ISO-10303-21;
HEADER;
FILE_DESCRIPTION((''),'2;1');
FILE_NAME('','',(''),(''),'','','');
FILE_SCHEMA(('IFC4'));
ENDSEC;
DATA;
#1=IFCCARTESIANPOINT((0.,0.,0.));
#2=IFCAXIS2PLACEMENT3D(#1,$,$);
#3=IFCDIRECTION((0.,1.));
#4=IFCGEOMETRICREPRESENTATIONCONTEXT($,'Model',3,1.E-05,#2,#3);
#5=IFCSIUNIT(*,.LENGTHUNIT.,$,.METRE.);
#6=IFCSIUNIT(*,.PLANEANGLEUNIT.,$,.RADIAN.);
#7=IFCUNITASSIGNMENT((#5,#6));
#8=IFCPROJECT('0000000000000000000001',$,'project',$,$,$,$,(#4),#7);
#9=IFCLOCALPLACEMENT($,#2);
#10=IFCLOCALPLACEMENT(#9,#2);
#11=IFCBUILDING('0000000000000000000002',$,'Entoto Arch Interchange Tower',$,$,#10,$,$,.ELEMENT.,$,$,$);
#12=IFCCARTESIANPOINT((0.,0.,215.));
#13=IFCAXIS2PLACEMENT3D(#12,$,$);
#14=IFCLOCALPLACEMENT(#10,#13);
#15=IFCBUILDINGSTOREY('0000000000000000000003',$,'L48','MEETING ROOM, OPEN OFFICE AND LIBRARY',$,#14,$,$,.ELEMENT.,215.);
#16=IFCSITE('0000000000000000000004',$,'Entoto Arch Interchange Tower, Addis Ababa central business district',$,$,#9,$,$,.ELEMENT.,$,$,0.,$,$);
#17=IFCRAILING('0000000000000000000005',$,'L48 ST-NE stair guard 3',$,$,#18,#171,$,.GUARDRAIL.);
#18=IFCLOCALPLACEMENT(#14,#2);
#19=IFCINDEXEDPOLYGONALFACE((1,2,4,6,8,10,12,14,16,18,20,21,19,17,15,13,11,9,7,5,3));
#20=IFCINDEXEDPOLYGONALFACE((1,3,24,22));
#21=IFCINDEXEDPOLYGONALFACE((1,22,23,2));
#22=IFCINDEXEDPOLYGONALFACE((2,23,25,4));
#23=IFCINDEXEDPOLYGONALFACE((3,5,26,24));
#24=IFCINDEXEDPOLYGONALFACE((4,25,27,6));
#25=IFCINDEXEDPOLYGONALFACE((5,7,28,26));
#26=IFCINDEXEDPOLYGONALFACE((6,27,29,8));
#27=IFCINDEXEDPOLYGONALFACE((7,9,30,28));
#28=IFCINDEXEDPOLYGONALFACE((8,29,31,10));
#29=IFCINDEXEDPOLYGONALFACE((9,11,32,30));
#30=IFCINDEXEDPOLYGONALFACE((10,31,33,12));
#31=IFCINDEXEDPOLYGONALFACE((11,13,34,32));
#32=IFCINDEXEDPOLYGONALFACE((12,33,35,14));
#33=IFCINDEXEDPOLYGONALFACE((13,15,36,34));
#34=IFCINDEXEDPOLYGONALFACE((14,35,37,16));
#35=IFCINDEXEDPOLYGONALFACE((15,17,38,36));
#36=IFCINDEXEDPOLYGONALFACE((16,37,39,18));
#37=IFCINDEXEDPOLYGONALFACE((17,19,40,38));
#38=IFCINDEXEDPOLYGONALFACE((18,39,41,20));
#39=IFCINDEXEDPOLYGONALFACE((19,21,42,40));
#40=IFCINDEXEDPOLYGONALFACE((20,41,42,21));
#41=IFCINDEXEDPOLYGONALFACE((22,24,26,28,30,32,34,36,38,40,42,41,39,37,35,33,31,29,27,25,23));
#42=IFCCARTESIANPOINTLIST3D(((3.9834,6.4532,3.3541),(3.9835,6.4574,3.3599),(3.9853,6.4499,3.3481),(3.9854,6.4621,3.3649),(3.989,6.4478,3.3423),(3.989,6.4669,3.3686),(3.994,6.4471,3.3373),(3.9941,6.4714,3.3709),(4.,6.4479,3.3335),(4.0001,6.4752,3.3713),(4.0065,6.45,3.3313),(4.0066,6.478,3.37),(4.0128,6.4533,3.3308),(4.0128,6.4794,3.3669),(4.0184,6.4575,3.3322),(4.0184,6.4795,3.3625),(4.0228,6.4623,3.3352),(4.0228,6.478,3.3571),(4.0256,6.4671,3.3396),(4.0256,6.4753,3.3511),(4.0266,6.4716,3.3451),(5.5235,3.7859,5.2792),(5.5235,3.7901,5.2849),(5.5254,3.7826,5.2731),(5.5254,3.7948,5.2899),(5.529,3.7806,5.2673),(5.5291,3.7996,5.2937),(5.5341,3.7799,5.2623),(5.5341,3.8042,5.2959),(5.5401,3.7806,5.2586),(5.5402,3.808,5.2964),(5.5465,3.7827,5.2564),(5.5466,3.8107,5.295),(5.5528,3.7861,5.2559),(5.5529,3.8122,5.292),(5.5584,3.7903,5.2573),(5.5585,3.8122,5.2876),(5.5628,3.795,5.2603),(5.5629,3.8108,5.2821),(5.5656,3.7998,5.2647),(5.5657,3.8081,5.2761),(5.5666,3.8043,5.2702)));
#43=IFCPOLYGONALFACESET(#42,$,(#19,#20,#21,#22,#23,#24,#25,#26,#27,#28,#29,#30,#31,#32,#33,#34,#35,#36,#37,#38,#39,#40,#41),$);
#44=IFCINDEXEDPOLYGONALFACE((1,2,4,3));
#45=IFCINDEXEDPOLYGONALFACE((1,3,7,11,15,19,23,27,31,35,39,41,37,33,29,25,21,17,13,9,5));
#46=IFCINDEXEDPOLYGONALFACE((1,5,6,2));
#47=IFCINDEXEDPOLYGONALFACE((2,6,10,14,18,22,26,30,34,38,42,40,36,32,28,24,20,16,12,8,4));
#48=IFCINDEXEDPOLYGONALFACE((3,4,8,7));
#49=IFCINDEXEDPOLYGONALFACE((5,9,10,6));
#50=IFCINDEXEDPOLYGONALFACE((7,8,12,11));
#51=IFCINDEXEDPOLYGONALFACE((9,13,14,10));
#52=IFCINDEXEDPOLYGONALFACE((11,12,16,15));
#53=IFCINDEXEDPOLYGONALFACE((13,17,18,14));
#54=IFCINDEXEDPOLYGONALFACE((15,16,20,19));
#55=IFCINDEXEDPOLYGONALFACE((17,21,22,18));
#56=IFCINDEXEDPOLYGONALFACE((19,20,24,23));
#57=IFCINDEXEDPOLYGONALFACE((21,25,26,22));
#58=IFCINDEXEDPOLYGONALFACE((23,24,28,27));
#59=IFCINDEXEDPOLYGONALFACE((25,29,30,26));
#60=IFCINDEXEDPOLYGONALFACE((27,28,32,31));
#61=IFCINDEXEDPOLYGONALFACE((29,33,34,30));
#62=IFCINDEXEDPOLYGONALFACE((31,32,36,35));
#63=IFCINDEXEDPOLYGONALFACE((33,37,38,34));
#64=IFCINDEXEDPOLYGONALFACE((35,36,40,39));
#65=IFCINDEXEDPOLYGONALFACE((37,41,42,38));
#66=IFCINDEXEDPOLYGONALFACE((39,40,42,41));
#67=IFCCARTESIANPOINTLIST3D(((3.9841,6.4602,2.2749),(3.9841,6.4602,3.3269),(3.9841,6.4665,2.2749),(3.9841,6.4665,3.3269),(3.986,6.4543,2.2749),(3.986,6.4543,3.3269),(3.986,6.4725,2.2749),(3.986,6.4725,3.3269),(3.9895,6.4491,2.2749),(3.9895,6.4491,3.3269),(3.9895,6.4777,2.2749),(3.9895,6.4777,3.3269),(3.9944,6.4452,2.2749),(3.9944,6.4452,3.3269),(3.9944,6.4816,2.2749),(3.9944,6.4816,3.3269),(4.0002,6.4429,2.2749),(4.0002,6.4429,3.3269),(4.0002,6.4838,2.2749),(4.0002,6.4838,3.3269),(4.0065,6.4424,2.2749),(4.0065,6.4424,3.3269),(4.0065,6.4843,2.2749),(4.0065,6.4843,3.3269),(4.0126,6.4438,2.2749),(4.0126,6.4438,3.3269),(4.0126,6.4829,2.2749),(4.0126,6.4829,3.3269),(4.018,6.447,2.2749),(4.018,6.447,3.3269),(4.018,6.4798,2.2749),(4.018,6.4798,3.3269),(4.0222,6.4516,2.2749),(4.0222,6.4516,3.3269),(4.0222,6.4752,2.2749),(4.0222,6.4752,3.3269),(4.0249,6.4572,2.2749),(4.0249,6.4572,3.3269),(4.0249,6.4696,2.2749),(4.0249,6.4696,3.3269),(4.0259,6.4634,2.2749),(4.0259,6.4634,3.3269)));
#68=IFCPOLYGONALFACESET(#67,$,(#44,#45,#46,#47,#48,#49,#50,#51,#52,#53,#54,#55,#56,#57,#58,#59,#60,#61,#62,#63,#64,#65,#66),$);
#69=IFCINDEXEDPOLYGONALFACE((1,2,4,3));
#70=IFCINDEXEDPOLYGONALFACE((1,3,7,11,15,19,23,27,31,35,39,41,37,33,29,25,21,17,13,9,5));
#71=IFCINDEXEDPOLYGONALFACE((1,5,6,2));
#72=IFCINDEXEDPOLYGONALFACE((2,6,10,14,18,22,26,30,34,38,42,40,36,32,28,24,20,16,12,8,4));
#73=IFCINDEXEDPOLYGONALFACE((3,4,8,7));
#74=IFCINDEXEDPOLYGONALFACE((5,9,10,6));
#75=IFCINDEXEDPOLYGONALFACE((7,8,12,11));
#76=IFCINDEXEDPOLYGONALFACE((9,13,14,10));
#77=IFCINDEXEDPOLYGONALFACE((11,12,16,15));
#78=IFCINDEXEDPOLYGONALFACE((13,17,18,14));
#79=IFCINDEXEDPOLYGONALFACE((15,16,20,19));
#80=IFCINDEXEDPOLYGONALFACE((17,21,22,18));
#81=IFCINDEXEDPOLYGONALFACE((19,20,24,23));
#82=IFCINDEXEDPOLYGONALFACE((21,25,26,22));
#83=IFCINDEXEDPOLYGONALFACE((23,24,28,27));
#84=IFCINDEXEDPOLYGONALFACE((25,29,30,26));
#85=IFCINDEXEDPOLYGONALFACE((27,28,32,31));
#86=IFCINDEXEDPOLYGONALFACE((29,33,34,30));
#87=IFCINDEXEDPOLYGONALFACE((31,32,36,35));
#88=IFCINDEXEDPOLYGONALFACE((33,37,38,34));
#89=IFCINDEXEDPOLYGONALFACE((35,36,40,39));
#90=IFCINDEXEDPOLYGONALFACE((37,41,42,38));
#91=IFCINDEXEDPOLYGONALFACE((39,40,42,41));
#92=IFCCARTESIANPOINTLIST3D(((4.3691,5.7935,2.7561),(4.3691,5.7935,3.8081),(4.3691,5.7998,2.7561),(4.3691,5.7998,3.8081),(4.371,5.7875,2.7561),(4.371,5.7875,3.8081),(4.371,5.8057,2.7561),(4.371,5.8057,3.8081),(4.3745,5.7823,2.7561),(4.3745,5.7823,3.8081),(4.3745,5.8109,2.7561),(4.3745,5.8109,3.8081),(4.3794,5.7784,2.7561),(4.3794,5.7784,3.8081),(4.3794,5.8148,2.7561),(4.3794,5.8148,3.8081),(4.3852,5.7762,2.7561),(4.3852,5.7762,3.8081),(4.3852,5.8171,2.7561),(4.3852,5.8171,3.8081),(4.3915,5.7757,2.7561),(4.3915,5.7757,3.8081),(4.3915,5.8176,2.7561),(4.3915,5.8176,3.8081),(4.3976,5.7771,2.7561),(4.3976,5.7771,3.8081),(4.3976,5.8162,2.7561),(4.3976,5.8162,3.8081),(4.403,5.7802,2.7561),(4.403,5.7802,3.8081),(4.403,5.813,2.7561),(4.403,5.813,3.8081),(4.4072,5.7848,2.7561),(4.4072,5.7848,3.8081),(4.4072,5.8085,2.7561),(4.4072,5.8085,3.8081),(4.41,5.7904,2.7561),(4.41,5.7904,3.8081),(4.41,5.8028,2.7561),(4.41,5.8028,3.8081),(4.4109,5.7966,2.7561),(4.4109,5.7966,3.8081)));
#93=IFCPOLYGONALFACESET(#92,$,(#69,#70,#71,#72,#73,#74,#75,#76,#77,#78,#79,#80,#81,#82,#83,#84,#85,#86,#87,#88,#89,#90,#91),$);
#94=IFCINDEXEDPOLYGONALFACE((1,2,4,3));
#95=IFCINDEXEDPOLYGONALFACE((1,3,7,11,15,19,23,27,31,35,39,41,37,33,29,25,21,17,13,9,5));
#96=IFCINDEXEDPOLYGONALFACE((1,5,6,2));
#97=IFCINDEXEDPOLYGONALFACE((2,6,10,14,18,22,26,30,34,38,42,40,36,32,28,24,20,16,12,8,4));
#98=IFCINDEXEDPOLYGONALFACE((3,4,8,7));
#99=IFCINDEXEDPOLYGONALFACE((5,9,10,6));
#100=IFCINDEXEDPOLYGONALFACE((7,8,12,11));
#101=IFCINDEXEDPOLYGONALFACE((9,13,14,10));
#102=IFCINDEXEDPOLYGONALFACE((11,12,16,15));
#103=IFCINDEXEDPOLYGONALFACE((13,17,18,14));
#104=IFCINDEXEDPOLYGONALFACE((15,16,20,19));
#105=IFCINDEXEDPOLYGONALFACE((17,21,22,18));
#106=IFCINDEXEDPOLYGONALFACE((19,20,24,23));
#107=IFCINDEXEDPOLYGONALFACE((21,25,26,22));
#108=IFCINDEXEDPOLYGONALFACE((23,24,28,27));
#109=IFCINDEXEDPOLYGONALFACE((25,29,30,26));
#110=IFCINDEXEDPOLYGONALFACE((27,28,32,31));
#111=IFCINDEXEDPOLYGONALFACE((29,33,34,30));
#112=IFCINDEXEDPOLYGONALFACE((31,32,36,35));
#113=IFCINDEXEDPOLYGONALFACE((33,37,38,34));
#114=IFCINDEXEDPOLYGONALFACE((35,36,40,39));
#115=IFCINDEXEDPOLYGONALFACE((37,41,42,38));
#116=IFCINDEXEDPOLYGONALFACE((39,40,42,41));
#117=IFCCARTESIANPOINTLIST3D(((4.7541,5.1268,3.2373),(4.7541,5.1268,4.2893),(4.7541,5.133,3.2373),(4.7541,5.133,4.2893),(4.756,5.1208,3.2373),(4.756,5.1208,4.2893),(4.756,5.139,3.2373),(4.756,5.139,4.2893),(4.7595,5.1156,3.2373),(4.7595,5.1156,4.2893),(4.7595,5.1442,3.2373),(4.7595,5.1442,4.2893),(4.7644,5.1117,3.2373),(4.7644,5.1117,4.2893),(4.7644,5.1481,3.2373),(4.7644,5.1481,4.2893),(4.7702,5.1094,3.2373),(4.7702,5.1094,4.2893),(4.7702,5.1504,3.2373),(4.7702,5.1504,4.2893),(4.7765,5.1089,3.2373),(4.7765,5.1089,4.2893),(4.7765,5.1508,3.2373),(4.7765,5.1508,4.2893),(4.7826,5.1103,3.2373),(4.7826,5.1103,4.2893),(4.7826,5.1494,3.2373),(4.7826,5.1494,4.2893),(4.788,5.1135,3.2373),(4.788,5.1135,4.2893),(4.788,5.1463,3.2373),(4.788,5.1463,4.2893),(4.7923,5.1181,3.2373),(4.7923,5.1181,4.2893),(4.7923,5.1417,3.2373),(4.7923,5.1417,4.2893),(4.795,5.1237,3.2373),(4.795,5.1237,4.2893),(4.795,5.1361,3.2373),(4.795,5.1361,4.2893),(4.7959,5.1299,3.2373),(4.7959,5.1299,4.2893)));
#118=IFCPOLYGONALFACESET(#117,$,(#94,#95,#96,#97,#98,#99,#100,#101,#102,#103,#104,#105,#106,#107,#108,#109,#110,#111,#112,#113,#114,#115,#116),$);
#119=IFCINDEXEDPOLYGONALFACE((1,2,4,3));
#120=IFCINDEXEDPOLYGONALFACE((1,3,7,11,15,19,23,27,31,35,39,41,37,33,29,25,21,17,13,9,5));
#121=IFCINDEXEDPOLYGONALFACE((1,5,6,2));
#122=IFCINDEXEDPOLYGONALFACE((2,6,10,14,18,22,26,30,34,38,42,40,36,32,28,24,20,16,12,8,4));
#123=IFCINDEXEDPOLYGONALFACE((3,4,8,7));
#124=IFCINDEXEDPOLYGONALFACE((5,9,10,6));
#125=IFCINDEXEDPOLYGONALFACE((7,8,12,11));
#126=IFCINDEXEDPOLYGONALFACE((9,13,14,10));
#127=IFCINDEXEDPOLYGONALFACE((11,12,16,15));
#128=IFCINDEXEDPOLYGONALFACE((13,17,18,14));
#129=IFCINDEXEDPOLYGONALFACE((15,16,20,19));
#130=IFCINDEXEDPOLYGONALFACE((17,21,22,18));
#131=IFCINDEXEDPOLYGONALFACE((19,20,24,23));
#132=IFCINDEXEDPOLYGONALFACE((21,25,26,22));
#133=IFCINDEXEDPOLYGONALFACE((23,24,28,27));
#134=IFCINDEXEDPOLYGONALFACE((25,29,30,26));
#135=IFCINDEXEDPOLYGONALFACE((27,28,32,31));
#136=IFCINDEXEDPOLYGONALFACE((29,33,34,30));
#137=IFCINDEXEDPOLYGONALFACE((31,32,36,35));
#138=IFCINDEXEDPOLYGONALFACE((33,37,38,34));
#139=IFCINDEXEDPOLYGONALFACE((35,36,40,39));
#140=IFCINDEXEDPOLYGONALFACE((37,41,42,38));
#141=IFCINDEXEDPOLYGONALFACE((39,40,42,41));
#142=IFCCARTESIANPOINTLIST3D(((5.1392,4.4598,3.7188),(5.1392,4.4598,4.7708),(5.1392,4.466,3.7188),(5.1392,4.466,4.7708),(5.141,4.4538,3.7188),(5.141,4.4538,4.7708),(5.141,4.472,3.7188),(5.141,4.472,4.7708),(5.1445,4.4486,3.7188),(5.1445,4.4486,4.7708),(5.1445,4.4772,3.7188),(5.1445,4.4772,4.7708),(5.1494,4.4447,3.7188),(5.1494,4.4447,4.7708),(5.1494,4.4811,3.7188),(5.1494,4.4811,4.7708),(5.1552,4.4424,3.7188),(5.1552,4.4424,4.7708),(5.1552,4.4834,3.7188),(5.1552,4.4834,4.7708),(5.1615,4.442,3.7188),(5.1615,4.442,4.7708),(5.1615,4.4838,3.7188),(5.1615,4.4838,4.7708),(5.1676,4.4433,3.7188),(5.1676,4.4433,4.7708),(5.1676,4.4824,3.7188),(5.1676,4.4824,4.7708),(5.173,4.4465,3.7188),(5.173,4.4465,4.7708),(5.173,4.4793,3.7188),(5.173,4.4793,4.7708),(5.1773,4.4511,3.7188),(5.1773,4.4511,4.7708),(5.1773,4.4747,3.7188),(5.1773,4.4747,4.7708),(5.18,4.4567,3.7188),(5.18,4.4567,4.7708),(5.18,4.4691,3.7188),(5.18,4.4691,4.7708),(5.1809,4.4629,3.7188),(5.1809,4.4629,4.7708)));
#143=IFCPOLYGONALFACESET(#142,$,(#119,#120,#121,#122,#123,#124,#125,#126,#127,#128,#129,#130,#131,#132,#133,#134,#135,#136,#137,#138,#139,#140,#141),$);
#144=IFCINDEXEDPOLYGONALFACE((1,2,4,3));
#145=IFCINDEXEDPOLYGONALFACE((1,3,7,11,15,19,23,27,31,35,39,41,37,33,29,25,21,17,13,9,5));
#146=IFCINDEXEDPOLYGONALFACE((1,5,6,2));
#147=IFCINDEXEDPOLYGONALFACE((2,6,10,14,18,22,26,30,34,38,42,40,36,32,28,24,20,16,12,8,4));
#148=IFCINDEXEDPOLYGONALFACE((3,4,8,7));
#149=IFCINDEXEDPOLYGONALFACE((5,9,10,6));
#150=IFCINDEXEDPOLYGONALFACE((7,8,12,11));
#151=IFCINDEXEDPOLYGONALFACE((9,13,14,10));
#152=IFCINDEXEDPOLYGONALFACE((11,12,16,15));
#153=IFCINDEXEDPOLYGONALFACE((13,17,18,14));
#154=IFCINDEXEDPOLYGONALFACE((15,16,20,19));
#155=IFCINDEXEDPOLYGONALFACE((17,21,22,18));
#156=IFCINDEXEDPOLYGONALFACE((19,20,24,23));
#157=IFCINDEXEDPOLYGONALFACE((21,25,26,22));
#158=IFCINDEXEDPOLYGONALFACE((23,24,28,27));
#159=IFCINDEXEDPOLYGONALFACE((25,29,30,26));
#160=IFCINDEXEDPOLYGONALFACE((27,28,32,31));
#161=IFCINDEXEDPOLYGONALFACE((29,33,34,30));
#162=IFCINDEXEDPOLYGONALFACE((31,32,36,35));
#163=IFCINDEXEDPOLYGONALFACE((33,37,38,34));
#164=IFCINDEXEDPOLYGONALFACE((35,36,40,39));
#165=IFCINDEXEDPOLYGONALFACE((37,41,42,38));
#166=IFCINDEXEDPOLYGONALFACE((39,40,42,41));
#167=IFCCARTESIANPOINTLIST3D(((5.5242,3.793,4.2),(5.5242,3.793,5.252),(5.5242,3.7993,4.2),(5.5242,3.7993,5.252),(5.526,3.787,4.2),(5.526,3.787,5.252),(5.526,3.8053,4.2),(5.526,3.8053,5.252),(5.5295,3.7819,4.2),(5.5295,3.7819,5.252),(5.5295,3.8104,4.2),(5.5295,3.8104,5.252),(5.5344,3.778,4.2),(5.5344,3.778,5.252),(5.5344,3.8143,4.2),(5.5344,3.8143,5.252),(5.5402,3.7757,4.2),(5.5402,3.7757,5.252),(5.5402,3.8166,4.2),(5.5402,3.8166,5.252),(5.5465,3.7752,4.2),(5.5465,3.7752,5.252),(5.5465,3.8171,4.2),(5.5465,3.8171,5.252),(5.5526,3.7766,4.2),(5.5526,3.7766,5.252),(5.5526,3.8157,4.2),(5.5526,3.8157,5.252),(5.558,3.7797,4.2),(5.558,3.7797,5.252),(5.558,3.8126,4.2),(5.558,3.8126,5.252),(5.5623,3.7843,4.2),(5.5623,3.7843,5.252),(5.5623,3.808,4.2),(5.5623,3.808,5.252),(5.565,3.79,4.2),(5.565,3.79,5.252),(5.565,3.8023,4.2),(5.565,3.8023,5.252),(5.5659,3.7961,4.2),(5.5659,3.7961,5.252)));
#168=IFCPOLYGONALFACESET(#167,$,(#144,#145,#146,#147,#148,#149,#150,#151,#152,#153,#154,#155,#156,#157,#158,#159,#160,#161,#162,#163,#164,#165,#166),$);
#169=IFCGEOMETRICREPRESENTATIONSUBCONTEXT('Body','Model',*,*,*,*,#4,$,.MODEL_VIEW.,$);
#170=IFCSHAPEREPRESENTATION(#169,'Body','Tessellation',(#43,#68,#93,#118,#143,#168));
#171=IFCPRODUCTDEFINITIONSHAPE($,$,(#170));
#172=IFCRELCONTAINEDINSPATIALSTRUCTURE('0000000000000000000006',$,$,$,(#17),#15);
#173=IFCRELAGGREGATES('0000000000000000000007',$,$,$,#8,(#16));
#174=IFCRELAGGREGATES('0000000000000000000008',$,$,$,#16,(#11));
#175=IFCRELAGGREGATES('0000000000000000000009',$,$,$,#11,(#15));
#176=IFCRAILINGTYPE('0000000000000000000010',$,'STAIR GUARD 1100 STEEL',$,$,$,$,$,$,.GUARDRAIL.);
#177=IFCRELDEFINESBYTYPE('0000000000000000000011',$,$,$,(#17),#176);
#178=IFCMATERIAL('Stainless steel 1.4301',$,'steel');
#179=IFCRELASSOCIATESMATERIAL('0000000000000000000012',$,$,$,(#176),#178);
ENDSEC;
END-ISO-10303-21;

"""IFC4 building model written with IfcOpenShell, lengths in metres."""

from ifc_helpers import new_model, si_unit, direction, frame, origin, origin_2d, place, context, subcontext, project, spatial, circle, extrude, material, type_object, element, save


model = new_model("IFC4")

# Units and contexts
model_context = context("Model", 3, precision=1e-05, world=origin(), true_north=direction((0.0, 1.0)))
body_context = subcontext(model_context, "Body", "Model", "MODEL_VIEW")
ifc_project = project(units=[si_unit("LENGTHUNIT", "METRE"), si_unit("PLANEANGLEUNIT", "RADIAN")], contexts=[model_context])

# Site, building, storey
site_placement = place(None, origin())
site = spatial("IfcSite", under=ifc_project, at=site_placement, Name="Entoto Arch Interchange Tower, Addis Ababa central business district", CompositionType="ELEMENT", RefElevation=0.0)
building_placement = place(site_placement, origin())
building = spatial("IfcBuilding", under=site, at=building_placement, Name="Entoto Arch Interchange Tower", CompositionType="ELEMENT")
storey_placement = place(building_placement, frame((0.0, 0.0, 215.0)))
storey = spatial("IfcBuildingStorey", under=building, at=storey_placement, Name="L48", Description="MEETING ROOM, OPEN OFFICE AND LIBRARY", CompositionType="ELEMENT", Elevation=215.0)

# Railing
ifc_material_1 = material(Name="Stainless steel 1.4301", Category="steel")
railing_type_1 = type_object("IfcRailingType", Name="STAIR GUARD 1100 STEEL", PredefinedType="GUARDRAIL", material=ifc_material_1)
railing_1_placement = place(storey_placement, frame((4.0049, 6.4634, 2.2749)))
element("IfcRailing", 1, at=railing_1_placement, inside=storey, type_object=railing_type_1, Name="L48 ST-NE stair guard 3", PredefinedType="GUARDRAIL", context=body_context, shape_type="SweptSolid", body=[
    extrude(circle(Radius=0.0239, at=origin_2d()), frame((0.0, 0.0, 1.0762), z_axis=(0.424015, -0.734364, 0.530019), x_axis=(0.86601, 0.500027, 0.0)), (0.0, 0.0, 1.0), 3.6321),
    extrude(circle(Radius=0.021, at=origin_2d()), origin(), (0.0, 0.0, 1.0), 1.052),
    extrude(circle(Radius=0.021, at=origin_2d()), frame((0.385, -0.6667, 0.4812)), (0.0, 0.0, 1.0), 1.052),
    extrude(circle(Radius=0.021, at=origin_2d()), frame((0.77, -1.3335, 0.9624)), (0.0, 0.0, 1.0), 1.052),
    extrude(circle(Radius=0.021, at=origin_2d()), frame((1.155, -2.0005, 1.4438)), (0.0, 0.0, 1.0), 1.052),
    extrude(circle(Radius=0.021, at=origin_2d()), frame((1.54, -2.6672, 1.925)), (0.0, 0.0, 1.0), 1.052),
])

save(model, "model.ifc")
